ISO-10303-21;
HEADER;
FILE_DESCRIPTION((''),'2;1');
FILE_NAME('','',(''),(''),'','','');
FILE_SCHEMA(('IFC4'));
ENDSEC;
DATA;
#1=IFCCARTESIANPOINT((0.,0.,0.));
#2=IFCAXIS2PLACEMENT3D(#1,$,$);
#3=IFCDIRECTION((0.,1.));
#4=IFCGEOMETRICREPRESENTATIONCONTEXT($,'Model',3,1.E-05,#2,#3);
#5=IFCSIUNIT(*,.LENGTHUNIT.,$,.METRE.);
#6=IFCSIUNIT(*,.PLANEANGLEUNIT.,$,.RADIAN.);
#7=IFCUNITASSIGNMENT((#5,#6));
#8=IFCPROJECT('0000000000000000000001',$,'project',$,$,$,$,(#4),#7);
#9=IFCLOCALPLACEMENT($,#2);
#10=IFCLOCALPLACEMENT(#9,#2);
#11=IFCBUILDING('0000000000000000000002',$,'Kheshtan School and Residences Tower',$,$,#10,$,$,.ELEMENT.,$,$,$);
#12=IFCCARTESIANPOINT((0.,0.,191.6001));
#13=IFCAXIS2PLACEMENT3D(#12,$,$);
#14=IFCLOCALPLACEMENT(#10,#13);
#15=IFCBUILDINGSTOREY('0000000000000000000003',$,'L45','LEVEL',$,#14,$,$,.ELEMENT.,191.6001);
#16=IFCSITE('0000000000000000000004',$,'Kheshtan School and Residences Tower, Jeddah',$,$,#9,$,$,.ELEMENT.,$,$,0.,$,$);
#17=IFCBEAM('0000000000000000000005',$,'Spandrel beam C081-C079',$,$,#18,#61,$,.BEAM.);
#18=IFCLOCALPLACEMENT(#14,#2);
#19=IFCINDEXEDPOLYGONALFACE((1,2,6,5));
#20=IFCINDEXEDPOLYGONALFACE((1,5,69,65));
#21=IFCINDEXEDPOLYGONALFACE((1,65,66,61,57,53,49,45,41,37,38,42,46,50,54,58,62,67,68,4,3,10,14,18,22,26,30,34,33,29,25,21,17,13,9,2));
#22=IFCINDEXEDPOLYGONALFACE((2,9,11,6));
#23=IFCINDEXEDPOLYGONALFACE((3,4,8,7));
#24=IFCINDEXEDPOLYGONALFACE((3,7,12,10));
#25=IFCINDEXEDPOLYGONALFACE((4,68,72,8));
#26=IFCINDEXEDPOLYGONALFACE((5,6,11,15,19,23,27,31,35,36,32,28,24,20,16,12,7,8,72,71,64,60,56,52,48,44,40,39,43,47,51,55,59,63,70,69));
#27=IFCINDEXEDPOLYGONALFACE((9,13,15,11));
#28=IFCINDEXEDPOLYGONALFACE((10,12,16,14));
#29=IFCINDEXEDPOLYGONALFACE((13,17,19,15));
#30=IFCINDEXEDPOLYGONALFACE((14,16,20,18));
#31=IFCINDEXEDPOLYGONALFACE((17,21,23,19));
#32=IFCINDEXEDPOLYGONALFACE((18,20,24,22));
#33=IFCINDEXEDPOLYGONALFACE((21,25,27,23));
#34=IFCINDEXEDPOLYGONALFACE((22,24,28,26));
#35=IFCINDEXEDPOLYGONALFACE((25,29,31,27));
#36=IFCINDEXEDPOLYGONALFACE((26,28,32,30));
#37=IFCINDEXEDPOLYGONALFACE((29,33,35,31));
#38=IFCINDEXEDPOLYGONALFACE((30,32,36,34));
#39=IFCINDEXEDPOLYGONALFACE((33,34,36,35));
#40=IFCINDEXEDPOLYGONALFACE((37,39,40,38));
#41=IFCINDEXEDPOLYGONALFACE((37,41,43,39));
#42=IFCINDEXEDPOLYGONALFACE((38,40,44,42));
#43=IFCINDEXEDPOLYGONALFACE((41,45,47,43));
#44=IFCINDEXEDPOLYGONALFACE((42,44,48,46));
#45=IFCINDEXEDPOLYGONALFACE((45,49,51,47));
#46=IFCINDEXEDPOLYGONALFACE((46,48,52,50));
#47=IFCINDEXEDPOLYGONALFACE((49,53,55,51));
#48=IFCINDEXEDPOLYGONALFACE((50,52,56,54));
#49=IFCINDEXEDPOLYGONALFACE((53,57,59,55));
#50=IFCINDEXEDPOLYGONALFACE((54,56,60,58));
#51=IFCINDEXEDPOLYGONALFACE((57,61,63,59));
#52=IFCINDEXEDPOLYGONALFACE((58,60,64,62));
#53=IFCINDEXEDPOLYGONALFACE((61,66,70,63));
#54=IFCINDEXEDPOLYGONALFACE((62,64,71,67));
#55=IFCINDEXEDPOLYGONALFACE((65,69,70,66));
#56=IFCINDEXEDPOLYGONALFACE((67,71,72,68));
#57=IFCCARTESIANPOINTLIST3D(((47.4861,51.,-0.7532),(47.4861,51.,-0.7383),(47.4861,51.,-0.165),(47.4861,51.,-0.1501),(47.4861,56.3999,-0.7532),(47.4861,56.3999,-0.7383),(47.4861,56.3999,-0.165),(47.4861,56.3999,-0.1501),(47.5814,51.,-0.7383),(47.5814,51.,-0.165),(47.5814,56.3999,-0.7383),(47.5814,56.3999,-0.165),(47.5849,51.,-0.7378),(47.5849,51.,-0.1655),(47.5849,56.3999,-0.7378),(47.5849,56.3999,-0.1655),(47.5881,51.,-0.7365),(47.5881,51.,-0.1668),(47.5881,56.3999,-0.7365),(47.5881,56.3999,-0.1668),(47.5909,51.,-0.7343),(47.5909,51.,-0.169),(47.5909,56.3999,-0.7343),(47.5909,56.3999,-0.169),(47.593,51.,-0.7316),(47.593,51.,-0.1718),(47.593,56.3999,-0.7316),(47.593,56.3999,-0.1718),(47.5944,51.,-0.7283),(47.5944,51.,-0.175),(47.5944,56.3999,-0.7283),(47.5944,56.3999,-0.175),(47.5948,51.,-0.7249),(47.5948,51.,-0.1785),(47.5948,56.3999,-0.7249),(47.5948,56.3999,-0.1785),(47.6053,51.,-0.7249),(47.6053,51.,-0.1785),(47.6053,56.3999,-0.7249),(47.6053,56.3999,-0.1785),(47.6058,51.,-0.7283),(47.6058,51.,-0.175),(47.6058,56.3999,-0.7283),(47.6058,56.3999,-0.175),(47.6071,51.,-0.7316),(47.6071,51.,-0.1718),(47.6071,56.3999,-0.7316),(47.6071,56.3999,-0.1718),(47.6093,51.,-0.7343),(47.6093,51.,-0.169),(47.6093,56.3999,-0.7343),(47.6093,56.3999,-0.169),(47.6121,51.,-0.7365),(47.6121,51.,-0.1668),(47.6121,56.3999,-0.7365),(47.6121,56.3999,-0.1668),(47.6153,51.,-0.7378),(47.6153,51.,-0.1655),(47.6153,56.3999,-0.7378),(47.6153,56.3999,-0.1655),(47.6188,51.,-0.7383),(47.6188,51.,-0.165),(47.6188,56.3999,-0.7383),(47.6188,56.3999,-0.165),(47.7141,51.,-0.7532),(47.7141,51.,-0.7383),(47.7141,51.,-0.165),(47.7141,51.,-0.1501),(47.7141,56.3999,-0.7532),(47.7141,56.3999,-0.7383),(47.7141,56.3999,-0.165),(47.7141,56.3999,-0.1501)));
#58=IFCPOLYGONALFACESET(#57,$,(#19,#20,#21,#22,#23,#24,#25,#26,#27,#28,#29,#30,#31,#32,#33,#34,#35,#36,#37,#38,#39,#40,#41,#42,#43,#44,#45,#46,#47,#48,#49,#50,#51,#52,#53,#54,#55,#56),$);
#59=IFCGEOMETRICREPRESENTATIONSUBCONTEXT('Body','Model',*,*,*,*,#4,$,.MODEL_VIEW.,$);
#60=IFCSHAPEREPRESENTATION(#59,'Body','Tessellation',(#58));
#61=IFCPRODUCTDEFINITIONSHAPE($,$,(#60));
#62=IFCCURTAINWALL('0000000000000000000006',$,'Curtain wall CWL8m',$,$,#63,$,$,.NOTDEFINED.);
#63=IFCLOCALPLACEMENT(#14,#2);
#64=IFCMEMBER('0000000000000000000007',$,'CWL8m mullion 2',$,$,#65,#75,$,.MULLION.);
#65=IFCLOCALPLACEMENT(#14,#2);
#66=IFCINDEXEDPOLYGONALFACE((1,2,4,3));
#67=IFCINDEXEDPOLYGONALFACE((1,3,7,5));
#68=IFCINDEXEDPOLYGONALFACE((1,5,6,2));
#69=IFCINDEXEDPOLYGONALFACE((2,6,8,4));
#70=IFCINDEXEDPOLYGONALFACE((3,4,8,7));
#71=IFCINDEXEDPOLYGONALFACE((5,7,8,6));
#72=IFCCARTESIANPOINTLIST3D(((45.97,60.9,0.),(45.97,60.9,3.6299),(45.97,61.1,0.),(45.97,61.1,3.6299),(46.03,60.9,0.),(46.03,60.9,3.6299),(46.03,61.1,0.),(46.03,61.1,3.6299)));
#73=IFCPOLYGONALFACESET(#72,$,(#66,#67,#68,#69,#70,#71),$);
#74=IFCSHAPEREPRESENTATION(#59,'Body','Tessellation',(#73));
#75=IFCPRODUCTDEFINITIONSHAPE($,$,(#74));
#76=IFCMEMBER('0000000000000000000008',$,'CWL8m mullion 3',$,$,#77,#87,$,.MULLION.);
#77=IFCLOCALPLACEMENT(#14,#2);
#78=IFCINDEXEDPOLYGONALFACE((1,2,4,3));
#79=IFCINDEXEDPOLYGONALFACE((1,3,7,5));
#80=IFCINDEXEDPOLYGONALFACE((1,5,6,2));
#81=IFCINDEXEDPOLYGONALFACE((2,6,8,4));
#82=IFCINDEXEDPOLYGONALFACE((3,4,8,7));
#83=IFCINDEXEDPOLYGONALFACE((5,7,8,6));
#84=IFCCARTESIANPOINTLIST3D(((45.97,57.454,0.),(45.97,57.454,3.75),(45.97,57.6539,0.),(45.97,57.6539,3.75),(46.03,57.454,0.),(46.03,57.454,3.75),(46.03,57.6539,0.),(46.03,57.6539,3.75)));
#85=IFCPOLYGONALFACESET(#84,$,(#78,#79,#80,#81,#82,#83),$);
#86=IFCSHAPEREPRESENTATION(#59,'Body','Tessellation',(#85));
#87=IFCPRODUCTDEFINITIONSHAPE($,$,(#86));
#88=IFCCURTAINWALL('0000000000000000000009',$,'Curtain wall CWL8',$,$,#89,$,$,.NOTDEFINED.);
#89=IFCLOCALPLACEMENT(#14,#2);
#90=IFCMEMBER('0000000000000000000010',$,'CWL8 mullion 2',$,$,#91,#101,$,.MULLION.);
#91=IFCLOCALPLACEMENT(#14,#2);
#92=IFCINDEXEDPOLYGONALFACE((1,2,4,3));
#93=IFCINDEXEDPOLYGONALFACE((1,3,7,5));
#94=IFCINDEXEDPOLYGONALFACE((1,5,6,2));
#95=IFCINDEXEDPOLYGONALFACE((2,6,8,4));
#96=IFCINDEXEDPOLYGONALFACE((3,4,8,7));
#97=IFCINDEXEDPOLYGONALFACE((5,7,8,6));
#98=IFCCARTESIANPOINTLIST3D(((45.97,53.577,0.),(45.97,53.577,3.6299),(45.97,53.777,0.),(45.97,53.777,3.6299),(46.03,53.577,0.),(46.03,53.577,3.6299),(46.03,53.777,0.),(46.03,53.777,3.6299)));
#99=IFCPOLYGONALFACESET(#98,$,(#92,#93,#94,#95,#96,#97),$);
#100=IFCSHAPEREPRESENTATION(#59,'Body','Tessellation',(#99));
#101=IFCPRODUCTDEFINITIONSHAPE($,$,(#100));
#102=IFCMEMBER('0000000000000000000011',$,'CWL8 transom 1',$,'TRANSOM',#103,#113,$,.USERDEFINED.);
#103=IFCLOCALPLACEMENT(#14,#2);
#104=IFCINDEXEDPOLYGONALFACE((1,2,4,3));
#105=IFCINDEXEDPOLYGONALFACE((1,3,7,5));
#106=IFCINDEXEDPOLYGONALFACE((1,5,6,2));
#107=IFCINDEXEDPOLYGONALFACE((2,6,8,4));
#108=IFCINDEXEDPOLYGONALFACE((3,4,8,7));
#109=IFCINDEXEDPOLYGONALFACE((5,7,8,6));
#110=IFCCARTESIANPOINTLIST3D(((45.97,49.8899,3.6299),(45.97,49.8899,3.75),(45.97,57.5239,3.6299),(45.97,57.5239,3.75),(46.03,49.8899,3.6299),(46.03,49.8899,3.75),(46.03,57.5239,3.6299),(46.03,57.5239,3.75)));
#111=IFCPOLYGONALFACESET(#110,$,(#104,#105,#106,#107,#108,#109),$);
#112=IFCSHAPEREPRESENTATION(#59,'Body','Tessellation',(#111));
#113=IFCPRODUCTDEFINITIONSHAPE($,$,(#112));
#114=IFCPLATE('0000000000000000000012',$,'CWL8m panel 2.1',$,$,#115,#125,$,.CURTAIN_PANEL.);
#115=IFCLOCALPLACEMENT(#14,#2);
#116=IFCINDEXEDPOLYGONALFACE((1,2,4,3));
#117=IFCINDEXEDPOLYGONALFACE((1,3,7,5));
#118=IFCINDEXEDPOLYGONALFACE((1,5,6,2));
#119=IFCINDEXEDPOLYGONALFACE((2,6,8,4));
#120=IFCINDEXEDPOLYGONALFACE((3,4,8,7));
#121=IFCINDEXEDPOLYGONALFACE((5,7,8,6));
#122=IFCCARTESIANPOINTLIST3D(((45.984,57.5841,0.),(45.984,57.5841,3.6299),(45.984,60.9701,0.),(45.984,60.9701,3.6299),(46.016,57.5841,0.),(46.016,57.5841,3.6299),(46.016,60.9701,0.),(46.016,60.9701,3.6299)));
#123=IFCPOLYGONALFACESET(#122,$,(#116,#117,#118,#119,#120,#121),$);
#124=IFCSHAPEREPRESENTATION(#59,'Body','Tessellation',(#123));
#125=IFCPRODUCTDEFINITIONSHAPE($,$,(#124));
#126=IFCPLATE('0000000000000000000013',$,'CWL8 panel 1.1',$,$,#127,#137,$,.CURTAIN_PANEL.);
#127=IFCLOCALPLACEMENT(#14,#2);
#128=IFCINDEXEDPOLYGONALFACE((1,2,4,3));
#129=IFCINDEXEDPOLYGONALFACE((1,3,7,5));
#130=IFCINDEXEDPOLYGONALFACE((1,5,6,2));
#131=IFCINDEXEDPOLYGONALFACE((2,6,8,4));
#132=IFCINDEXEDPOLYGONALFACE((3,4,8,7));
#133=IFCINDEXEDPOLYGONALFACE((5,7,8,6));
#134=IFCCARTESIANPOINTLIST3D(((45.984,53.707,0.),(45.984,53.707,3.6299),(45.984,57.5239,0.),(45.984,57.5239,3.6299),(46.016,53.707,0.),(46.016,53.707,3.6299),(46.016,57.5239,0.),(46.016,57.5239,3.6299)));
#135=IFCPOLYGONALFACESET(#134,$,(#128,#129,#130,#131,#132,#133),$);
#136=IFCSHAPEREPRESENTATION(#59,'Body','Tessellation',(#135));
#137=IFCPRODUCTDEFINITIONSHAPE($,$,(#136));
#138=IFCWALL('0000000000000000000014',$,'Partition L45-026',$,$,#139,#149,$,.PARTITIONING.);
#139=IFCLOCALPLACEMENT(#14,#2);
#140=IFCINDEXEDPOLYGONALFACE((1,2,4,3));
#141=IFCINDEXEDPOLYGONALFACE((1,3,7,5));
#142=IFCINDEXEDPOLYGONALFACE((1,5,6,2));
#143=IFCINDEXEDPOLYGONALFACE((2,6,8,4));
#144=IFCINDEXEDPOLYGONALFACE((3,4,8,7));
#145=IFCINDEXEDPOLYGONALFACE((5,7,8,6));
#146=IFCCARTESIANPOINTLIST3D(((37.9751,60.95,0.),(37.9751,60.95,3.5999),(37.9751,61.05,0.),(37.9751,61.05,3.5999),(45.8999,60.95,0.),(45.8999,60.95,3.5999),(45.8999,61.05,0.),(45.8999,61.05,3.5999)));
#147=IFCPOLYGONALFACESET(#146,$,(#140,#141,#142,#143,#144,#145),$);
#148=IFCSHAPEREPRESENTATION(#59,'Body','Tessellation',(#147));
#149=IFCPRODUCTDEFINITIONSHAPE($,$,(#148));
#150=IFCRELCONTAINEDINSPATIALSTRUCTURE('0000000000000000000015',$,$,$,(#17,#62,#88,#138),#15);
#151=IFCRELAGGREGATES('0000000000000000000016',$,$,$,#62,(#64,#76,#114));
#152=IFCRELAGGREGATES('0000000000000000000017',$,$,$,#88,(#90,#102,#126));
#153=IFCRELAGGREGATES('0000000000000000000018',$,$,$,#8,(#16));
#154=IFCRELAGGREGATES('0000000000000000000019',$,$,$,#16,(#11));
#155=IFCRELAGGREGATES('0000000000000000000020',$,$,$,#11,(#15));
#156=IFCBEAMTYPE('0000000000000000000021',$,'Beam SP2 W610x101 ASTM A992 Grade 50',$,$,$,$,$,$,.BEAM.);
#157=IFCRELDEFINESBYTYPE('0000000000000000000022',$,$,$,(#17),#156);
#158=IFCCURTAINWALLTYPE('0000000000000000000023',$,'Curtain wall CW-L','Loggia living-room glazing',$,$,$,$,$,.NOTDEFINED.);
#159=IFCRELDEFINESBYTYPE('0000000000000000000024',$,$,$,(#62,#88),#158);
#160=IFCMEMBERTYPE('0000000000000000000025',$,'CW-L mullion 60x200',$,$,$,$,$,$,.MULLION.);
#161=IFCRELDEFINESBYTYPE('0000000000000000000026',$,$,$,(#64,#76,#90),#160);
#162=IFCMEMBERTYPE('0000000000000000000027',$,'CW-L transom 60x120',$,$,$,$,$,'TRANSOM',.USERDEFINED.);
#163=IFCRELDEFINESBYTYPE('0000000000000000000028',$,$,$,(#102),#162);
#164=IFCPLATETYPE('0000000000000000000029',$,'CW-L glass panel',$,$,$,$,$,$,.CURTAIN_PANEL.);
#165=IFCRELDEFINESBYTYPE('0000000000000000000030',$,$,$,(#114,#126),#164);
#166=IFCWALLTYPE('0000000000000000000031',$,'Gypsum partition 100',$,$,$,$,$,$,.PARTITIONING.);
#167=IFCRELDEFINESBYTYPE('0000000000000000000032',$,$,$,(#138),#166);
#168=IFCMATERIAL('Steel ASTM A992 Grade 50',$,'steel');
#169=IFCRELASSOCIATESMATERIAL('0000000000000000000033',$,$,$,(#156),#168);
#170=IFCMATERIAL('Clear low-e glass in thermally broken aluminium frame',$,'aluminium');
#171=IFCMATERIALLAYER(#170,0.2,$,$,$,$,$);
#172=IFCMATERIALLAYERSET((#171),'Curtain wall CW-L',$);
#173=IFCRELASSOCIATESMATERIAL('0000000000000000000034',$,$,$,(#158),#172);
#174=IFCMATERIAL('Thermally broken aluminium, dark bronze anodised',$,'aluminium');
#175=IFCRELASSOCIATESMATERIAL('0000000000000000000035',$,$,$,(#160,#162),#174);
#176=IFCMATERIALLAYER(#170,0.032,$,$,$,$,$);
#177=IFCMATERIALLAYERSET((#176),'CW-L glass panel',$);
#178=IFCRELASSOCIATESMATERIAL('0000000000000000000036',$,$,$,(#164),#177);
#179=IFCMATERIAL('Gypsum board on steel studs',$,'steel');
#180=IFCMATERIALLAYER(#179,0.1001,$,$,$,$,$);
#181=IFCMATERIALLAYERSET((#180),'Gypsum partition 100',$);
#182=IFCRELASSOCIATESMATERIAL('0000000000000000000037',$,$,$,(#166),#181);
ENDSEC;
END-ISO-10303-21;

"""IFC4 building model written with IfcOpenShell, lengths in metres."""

from ifc_helpers import new_model, si_unit, direction, frame, frame_2d, origin, origin_2d, place, context, subcontext, project, spatial, rectangle, i_section, extrude, material, layer, layer_set, material_profile, profile_set, type_object, element, aggregate, save


model = new_model("IFC4")

# Units and contexts
model_context = context("Model", 3, precision=1e-05, world=origin(), true_north=direction((0.0, 1.0)))
body_context = subcontext(model_context, "Body", "Model", "MODEL_VIEW")
ifc_project = project(units=[si_unit("LENGTHUNIT", "METRE"), si_unit("PLANEANGLEUNIT", "RADIAN")], contexts=[model_context])

# Site, building, storey
site_placement = place(None, origin())
site = spatial("IfcSite", under=ifc_project, at=site_placement, Name="Kheshtan School and Residences Tower, Jeddah", CompositionType="ELEMENT", RefElevation=0.0)
building_placement = place(site_placement, origin())
building = spatial("IfcBuilding", under=site, at=building_placement, Name="Kheshtan School and Residences Tower", CompositionType="ELEMENT")
storey_placement = place(building_placement, frame((0.0, 0.0, 191.6001)))
storey = spatial("IfcBuildingStorey", under=building, at=storey_placement, Name="L45", Description="LEVEL", CompositionType="ELEMENT", Elevation=191.6001)

# Shared definitions
ifc_material_1 = material(Name="Steel ASTM A992 Grade 50", Category="steel")

# Beam
ifc_material_profile_1 = material_profile(ifc_material_1, i_section(OverallWidth=0.228, OverallDepth=0.603, WebThickness=0.0105, FlangeThickness=0.0149, FilletRadius=0.0134, at=origin_2d()), Name="W610x101")
ifc_profile_set_1 = profile_set([ifc_material_profile_1], Name="Steel ASTM A992 Grade 50")
beam_type_1 = type_object("IfcBeamType", Name="Beam SP2 W610x101 ASTM A992 Grade 50", PredefinedType="BEAM", material=ifc_profile_set_1)
beam_1_placement = place(storey_placement, frame((47.6001, 56.3999, -0.4517), z_axis=(0.0, -1.0, 0.0), x_axis=(1.0, 0.0, 0.0)))
element("IfcBeam", 1, at=beam_1_placement, inside=storey, type_object=beam_type_1, Name="Spandrel beam C081-C079", PredefinedType="BEAM", context=body_context, shape_type="SweptSolid", body=[
    extrude(i_section(OverallWidth=0.228, OverallDepth=0.603, WebThickness=0.0105, FlangeThickness=0.0149, FilletRadius=0.0134, at=origin_2d()), origin(), (0.0, 0.0, 1.0), 5.3999),
])

# Curtain walls, members
ifc_material_2 = material(Name="Clear low-e glass in thermally broken aluminium frame", Category="aluminium")
ifc_layer_1 = layer(ifc_material_2, 0.2)
ifc_layer_set_1 = layer_set([ifc_layer_1], Name="Curtain wall CW-L")
curtain_wall_type = type_object("IfcCurtainWallType", Name="Curtain wall CW-L", Description="Loggia living-room glazing", PredefinedType="NOTDEFINED", material=ifc_layer_set_1)
curtain_wall_1_placement = place(storey_placement, origin())
curtain_wall_1 = element("IfcCurtainWall", 2, at=curtain_wall_1_placement, inside=storey, type_object=curtain_wall_type, Name="Curtain wall CWL8m", PredefinedType="NOTDEFINED")
ifc_material_3 = material(Name="Thermally broken aluminium, dark bronze anodised", Category="aluminium")
ifc_material_profile_2 = material_profile(ifc_material_3, rectangle(XDim=0.0601, YDim=0.2, at=origin_2d()), Name="CW-L mullion 60x200")
ifc_profile_set_2 = profile_set([ifc_material_profile_2], Name="Thermally broken aluminium, dark bronze anodised")
member_type_1 = type_object("IfcMemberType", Name="CW-L mullion 60x200", PredefinedType="MULLION", material=ifc_profile_set_2)
member_1_placement = place(storey_placement, frame((46.0, 61.0, 0.0), z_axis=(0.0, 0.0, 1.0), x_axis=(1.0, 0.0, 0.0)))
member_1 = element("IfcMember", 3, at=member_1_placement, type_object=member_type_1, Name="CWL8m mullion 2", PredefinedType="MULLION", context=body_context, shape_type="SweptSolid", body=[
    extrude(rectangle(XDim=0.0601, YDim=0.2, at=origin_2d()), origin(), (0.0, 0.0, 1.0), 3.6299),
])
member_2_placement = place(storey_placement, frame((46.0, 57.554, 0.0), z_axis=(0.0, 0.0, 1.0), x_axis=(1.0, 0.0, 0.0)))
member_2 = element("IfcMember", 4, at=member_2_placement, type_object=member_type_1, Name="CWL8m mullion 3", PredefinedType="MULLION", context=body_context, shape_type="SweptSolid", body=[
    extrude(rectangle(XDim=0.0601, YDim=0.2, at=origin_2d()), origin(), (0.0, 0.0, 1.0), 3.75),
])
curtain_wall_2_placement = place(storey_placement, origin())
curtain_wall_2 = element("IfcCurtainWall", 5, at=curtain_wall_2_placement, inside=storey, type_object=curtain_wall_type, Name="Curtain wall CWL8", PredefinedType="NOTDEFINED")
member_3_placement = place(storey_placement, frame((46.0, 53.677, 0.0), z_axis=(0.0, 0.0, 1.0), x_axis=(1.0, 0.0, 0.0)))
member_3 = element("IfcMember", 6, at=member_3_placement, type_object=member_type_1, Name="CWL8 mullion 2", PredefinedType="MULLION", context=body_context, shape_type="SweptSolid", body=[
    extrude(rectangle(XDim=0.0601, YDim=0.2, at=origin_2d()), origin(), (0.0, 0.0, 1.0), 3.6299),
])
ifc_material_profile_3 = material_profile(ifc_material_3, rectangle(XDim=0.0601, YDim=0.1201, at=origin_2d()), Name="CW-L transom 60x120")
ifc_profile_set_3 = profile_set([ifc_material_profile_3], Name="Thermally broken aluminium, dark bronze anodised")
member_type_2 = type_object("IfcMemberType", Name="CW-L transom 60x120", ElementType="TRANSOM", PredefinedType="USERDEFINED", material=ifc_profile_set_3)
member_4_placement = place(storey_placement, frame((46.0, 57.5239, 3.6899), z_axis=(0.0, -1.0, 0.0), x_axis=(1.0, 0.0, 0.0)))
member_4 = element("IfcMember", 7, at=member_4_placement, type_object=member_type_2, Name="CWL8 transom 1", ObjectType="TRANSOM", PredefinedType="USERDEFINED", context=body_context, shape_type="SweptSolid", body=[
    extrude(rectangle(XDim=0.0601, YDim=0.1201, at=origin_2d()), origin(), (0.0, 0.0, 1.0), 7.634),
])

# Plates
ifc_layer_2 = layer(ifc_material_2, 0.032)
ifc_layer_set_2 = layer_set([ifc_layer_2], Name="CW-L glass panel")
plate_type = type_object("IfcPlateType", Name="CW-L glass panel", PredefinedType="CURTAIN_PANEL", material=ifc_layer_set_2)
plate_1_placement = place(storey_placement, frame((46.0, 59.2771, 0.0), z_axis=(0.0, 0.0, 1.0), x_axis=(0.0, -1.0, 0.0)))
plate_1 = element("IfcPlate", 8, at=plate_1_placement, type_object=plate_type, Name="CWL8m panel 2.1", PredefinedType="CURTAIN_PANEL", context=body_context, shape_type="SweptSolid", body=[
    extrude(rectangle(XDim=3.386, YDim=0.032, at=origin_2d()), origin(), (0.0, 0.0, 1.0), 3.6299),
])
aggregate(curtain_wall_1, [member_1, member_2, plate_1])
plate_2_placement = place(storey_placement, frame((46.0, 55.6155, 0.0), z_axis=(0.0, 0.0, 1.0), x_axis=(0.0, -1.0, 0.0)))
plate_2 = element("IfcPlate", 9, at=plate_2_placement, type_object=plate_type, Name="CWL8 panel 1.1", PredefinedType="CURTAIN_PANEL", context=body_context, shape_type="SweptSolid", body=[
    extrude(rectangle(XDim=3.8169, YDim=0.032, at=origin_2d()), origin(), (0.0, 0.0, 1.0), 3.6299),
])
aggregate(curtain_wall_2, [member_3, member_4, plate_2])

# Wall
ifc_material_4 = material(Name="Gypsum board on steel studs", Category="steel")
ifc_layer_3 = layer(ifc_material_4, 0.1001)
ifc_layer_set_3 = layer_set([ifc_layer_3], Name="Gypsum partition 100")
wall_type_1 = type_object("IfcWallType", Name="Gypsum partition 100", PredefinedType="PARTITIONING", material=ifc_layer_set_3)
wall_1_placement = place(storey_placement, frame((37.9751, 61.0, 0.0), z_axis=(0.0, 0.0, 1.0), x_axis=(1.0, 0.0, 0.0)))
element("IfcWall", 10, at=wall_1_placement, inside=storey, type_object=wall_type_1, Name="Partition L45-026", PredefinedType="PARTITIONING", context=body_context, shape_type="SweptSolid", body=[
    extrude(rectangle(XDim=7.9248, YDim=0.1001, at=frame_2d((3.9624, 0.0))), origin(), (0.0, 0.0, 1.0), 3.5999),
])

save(model, "model.ifc")
